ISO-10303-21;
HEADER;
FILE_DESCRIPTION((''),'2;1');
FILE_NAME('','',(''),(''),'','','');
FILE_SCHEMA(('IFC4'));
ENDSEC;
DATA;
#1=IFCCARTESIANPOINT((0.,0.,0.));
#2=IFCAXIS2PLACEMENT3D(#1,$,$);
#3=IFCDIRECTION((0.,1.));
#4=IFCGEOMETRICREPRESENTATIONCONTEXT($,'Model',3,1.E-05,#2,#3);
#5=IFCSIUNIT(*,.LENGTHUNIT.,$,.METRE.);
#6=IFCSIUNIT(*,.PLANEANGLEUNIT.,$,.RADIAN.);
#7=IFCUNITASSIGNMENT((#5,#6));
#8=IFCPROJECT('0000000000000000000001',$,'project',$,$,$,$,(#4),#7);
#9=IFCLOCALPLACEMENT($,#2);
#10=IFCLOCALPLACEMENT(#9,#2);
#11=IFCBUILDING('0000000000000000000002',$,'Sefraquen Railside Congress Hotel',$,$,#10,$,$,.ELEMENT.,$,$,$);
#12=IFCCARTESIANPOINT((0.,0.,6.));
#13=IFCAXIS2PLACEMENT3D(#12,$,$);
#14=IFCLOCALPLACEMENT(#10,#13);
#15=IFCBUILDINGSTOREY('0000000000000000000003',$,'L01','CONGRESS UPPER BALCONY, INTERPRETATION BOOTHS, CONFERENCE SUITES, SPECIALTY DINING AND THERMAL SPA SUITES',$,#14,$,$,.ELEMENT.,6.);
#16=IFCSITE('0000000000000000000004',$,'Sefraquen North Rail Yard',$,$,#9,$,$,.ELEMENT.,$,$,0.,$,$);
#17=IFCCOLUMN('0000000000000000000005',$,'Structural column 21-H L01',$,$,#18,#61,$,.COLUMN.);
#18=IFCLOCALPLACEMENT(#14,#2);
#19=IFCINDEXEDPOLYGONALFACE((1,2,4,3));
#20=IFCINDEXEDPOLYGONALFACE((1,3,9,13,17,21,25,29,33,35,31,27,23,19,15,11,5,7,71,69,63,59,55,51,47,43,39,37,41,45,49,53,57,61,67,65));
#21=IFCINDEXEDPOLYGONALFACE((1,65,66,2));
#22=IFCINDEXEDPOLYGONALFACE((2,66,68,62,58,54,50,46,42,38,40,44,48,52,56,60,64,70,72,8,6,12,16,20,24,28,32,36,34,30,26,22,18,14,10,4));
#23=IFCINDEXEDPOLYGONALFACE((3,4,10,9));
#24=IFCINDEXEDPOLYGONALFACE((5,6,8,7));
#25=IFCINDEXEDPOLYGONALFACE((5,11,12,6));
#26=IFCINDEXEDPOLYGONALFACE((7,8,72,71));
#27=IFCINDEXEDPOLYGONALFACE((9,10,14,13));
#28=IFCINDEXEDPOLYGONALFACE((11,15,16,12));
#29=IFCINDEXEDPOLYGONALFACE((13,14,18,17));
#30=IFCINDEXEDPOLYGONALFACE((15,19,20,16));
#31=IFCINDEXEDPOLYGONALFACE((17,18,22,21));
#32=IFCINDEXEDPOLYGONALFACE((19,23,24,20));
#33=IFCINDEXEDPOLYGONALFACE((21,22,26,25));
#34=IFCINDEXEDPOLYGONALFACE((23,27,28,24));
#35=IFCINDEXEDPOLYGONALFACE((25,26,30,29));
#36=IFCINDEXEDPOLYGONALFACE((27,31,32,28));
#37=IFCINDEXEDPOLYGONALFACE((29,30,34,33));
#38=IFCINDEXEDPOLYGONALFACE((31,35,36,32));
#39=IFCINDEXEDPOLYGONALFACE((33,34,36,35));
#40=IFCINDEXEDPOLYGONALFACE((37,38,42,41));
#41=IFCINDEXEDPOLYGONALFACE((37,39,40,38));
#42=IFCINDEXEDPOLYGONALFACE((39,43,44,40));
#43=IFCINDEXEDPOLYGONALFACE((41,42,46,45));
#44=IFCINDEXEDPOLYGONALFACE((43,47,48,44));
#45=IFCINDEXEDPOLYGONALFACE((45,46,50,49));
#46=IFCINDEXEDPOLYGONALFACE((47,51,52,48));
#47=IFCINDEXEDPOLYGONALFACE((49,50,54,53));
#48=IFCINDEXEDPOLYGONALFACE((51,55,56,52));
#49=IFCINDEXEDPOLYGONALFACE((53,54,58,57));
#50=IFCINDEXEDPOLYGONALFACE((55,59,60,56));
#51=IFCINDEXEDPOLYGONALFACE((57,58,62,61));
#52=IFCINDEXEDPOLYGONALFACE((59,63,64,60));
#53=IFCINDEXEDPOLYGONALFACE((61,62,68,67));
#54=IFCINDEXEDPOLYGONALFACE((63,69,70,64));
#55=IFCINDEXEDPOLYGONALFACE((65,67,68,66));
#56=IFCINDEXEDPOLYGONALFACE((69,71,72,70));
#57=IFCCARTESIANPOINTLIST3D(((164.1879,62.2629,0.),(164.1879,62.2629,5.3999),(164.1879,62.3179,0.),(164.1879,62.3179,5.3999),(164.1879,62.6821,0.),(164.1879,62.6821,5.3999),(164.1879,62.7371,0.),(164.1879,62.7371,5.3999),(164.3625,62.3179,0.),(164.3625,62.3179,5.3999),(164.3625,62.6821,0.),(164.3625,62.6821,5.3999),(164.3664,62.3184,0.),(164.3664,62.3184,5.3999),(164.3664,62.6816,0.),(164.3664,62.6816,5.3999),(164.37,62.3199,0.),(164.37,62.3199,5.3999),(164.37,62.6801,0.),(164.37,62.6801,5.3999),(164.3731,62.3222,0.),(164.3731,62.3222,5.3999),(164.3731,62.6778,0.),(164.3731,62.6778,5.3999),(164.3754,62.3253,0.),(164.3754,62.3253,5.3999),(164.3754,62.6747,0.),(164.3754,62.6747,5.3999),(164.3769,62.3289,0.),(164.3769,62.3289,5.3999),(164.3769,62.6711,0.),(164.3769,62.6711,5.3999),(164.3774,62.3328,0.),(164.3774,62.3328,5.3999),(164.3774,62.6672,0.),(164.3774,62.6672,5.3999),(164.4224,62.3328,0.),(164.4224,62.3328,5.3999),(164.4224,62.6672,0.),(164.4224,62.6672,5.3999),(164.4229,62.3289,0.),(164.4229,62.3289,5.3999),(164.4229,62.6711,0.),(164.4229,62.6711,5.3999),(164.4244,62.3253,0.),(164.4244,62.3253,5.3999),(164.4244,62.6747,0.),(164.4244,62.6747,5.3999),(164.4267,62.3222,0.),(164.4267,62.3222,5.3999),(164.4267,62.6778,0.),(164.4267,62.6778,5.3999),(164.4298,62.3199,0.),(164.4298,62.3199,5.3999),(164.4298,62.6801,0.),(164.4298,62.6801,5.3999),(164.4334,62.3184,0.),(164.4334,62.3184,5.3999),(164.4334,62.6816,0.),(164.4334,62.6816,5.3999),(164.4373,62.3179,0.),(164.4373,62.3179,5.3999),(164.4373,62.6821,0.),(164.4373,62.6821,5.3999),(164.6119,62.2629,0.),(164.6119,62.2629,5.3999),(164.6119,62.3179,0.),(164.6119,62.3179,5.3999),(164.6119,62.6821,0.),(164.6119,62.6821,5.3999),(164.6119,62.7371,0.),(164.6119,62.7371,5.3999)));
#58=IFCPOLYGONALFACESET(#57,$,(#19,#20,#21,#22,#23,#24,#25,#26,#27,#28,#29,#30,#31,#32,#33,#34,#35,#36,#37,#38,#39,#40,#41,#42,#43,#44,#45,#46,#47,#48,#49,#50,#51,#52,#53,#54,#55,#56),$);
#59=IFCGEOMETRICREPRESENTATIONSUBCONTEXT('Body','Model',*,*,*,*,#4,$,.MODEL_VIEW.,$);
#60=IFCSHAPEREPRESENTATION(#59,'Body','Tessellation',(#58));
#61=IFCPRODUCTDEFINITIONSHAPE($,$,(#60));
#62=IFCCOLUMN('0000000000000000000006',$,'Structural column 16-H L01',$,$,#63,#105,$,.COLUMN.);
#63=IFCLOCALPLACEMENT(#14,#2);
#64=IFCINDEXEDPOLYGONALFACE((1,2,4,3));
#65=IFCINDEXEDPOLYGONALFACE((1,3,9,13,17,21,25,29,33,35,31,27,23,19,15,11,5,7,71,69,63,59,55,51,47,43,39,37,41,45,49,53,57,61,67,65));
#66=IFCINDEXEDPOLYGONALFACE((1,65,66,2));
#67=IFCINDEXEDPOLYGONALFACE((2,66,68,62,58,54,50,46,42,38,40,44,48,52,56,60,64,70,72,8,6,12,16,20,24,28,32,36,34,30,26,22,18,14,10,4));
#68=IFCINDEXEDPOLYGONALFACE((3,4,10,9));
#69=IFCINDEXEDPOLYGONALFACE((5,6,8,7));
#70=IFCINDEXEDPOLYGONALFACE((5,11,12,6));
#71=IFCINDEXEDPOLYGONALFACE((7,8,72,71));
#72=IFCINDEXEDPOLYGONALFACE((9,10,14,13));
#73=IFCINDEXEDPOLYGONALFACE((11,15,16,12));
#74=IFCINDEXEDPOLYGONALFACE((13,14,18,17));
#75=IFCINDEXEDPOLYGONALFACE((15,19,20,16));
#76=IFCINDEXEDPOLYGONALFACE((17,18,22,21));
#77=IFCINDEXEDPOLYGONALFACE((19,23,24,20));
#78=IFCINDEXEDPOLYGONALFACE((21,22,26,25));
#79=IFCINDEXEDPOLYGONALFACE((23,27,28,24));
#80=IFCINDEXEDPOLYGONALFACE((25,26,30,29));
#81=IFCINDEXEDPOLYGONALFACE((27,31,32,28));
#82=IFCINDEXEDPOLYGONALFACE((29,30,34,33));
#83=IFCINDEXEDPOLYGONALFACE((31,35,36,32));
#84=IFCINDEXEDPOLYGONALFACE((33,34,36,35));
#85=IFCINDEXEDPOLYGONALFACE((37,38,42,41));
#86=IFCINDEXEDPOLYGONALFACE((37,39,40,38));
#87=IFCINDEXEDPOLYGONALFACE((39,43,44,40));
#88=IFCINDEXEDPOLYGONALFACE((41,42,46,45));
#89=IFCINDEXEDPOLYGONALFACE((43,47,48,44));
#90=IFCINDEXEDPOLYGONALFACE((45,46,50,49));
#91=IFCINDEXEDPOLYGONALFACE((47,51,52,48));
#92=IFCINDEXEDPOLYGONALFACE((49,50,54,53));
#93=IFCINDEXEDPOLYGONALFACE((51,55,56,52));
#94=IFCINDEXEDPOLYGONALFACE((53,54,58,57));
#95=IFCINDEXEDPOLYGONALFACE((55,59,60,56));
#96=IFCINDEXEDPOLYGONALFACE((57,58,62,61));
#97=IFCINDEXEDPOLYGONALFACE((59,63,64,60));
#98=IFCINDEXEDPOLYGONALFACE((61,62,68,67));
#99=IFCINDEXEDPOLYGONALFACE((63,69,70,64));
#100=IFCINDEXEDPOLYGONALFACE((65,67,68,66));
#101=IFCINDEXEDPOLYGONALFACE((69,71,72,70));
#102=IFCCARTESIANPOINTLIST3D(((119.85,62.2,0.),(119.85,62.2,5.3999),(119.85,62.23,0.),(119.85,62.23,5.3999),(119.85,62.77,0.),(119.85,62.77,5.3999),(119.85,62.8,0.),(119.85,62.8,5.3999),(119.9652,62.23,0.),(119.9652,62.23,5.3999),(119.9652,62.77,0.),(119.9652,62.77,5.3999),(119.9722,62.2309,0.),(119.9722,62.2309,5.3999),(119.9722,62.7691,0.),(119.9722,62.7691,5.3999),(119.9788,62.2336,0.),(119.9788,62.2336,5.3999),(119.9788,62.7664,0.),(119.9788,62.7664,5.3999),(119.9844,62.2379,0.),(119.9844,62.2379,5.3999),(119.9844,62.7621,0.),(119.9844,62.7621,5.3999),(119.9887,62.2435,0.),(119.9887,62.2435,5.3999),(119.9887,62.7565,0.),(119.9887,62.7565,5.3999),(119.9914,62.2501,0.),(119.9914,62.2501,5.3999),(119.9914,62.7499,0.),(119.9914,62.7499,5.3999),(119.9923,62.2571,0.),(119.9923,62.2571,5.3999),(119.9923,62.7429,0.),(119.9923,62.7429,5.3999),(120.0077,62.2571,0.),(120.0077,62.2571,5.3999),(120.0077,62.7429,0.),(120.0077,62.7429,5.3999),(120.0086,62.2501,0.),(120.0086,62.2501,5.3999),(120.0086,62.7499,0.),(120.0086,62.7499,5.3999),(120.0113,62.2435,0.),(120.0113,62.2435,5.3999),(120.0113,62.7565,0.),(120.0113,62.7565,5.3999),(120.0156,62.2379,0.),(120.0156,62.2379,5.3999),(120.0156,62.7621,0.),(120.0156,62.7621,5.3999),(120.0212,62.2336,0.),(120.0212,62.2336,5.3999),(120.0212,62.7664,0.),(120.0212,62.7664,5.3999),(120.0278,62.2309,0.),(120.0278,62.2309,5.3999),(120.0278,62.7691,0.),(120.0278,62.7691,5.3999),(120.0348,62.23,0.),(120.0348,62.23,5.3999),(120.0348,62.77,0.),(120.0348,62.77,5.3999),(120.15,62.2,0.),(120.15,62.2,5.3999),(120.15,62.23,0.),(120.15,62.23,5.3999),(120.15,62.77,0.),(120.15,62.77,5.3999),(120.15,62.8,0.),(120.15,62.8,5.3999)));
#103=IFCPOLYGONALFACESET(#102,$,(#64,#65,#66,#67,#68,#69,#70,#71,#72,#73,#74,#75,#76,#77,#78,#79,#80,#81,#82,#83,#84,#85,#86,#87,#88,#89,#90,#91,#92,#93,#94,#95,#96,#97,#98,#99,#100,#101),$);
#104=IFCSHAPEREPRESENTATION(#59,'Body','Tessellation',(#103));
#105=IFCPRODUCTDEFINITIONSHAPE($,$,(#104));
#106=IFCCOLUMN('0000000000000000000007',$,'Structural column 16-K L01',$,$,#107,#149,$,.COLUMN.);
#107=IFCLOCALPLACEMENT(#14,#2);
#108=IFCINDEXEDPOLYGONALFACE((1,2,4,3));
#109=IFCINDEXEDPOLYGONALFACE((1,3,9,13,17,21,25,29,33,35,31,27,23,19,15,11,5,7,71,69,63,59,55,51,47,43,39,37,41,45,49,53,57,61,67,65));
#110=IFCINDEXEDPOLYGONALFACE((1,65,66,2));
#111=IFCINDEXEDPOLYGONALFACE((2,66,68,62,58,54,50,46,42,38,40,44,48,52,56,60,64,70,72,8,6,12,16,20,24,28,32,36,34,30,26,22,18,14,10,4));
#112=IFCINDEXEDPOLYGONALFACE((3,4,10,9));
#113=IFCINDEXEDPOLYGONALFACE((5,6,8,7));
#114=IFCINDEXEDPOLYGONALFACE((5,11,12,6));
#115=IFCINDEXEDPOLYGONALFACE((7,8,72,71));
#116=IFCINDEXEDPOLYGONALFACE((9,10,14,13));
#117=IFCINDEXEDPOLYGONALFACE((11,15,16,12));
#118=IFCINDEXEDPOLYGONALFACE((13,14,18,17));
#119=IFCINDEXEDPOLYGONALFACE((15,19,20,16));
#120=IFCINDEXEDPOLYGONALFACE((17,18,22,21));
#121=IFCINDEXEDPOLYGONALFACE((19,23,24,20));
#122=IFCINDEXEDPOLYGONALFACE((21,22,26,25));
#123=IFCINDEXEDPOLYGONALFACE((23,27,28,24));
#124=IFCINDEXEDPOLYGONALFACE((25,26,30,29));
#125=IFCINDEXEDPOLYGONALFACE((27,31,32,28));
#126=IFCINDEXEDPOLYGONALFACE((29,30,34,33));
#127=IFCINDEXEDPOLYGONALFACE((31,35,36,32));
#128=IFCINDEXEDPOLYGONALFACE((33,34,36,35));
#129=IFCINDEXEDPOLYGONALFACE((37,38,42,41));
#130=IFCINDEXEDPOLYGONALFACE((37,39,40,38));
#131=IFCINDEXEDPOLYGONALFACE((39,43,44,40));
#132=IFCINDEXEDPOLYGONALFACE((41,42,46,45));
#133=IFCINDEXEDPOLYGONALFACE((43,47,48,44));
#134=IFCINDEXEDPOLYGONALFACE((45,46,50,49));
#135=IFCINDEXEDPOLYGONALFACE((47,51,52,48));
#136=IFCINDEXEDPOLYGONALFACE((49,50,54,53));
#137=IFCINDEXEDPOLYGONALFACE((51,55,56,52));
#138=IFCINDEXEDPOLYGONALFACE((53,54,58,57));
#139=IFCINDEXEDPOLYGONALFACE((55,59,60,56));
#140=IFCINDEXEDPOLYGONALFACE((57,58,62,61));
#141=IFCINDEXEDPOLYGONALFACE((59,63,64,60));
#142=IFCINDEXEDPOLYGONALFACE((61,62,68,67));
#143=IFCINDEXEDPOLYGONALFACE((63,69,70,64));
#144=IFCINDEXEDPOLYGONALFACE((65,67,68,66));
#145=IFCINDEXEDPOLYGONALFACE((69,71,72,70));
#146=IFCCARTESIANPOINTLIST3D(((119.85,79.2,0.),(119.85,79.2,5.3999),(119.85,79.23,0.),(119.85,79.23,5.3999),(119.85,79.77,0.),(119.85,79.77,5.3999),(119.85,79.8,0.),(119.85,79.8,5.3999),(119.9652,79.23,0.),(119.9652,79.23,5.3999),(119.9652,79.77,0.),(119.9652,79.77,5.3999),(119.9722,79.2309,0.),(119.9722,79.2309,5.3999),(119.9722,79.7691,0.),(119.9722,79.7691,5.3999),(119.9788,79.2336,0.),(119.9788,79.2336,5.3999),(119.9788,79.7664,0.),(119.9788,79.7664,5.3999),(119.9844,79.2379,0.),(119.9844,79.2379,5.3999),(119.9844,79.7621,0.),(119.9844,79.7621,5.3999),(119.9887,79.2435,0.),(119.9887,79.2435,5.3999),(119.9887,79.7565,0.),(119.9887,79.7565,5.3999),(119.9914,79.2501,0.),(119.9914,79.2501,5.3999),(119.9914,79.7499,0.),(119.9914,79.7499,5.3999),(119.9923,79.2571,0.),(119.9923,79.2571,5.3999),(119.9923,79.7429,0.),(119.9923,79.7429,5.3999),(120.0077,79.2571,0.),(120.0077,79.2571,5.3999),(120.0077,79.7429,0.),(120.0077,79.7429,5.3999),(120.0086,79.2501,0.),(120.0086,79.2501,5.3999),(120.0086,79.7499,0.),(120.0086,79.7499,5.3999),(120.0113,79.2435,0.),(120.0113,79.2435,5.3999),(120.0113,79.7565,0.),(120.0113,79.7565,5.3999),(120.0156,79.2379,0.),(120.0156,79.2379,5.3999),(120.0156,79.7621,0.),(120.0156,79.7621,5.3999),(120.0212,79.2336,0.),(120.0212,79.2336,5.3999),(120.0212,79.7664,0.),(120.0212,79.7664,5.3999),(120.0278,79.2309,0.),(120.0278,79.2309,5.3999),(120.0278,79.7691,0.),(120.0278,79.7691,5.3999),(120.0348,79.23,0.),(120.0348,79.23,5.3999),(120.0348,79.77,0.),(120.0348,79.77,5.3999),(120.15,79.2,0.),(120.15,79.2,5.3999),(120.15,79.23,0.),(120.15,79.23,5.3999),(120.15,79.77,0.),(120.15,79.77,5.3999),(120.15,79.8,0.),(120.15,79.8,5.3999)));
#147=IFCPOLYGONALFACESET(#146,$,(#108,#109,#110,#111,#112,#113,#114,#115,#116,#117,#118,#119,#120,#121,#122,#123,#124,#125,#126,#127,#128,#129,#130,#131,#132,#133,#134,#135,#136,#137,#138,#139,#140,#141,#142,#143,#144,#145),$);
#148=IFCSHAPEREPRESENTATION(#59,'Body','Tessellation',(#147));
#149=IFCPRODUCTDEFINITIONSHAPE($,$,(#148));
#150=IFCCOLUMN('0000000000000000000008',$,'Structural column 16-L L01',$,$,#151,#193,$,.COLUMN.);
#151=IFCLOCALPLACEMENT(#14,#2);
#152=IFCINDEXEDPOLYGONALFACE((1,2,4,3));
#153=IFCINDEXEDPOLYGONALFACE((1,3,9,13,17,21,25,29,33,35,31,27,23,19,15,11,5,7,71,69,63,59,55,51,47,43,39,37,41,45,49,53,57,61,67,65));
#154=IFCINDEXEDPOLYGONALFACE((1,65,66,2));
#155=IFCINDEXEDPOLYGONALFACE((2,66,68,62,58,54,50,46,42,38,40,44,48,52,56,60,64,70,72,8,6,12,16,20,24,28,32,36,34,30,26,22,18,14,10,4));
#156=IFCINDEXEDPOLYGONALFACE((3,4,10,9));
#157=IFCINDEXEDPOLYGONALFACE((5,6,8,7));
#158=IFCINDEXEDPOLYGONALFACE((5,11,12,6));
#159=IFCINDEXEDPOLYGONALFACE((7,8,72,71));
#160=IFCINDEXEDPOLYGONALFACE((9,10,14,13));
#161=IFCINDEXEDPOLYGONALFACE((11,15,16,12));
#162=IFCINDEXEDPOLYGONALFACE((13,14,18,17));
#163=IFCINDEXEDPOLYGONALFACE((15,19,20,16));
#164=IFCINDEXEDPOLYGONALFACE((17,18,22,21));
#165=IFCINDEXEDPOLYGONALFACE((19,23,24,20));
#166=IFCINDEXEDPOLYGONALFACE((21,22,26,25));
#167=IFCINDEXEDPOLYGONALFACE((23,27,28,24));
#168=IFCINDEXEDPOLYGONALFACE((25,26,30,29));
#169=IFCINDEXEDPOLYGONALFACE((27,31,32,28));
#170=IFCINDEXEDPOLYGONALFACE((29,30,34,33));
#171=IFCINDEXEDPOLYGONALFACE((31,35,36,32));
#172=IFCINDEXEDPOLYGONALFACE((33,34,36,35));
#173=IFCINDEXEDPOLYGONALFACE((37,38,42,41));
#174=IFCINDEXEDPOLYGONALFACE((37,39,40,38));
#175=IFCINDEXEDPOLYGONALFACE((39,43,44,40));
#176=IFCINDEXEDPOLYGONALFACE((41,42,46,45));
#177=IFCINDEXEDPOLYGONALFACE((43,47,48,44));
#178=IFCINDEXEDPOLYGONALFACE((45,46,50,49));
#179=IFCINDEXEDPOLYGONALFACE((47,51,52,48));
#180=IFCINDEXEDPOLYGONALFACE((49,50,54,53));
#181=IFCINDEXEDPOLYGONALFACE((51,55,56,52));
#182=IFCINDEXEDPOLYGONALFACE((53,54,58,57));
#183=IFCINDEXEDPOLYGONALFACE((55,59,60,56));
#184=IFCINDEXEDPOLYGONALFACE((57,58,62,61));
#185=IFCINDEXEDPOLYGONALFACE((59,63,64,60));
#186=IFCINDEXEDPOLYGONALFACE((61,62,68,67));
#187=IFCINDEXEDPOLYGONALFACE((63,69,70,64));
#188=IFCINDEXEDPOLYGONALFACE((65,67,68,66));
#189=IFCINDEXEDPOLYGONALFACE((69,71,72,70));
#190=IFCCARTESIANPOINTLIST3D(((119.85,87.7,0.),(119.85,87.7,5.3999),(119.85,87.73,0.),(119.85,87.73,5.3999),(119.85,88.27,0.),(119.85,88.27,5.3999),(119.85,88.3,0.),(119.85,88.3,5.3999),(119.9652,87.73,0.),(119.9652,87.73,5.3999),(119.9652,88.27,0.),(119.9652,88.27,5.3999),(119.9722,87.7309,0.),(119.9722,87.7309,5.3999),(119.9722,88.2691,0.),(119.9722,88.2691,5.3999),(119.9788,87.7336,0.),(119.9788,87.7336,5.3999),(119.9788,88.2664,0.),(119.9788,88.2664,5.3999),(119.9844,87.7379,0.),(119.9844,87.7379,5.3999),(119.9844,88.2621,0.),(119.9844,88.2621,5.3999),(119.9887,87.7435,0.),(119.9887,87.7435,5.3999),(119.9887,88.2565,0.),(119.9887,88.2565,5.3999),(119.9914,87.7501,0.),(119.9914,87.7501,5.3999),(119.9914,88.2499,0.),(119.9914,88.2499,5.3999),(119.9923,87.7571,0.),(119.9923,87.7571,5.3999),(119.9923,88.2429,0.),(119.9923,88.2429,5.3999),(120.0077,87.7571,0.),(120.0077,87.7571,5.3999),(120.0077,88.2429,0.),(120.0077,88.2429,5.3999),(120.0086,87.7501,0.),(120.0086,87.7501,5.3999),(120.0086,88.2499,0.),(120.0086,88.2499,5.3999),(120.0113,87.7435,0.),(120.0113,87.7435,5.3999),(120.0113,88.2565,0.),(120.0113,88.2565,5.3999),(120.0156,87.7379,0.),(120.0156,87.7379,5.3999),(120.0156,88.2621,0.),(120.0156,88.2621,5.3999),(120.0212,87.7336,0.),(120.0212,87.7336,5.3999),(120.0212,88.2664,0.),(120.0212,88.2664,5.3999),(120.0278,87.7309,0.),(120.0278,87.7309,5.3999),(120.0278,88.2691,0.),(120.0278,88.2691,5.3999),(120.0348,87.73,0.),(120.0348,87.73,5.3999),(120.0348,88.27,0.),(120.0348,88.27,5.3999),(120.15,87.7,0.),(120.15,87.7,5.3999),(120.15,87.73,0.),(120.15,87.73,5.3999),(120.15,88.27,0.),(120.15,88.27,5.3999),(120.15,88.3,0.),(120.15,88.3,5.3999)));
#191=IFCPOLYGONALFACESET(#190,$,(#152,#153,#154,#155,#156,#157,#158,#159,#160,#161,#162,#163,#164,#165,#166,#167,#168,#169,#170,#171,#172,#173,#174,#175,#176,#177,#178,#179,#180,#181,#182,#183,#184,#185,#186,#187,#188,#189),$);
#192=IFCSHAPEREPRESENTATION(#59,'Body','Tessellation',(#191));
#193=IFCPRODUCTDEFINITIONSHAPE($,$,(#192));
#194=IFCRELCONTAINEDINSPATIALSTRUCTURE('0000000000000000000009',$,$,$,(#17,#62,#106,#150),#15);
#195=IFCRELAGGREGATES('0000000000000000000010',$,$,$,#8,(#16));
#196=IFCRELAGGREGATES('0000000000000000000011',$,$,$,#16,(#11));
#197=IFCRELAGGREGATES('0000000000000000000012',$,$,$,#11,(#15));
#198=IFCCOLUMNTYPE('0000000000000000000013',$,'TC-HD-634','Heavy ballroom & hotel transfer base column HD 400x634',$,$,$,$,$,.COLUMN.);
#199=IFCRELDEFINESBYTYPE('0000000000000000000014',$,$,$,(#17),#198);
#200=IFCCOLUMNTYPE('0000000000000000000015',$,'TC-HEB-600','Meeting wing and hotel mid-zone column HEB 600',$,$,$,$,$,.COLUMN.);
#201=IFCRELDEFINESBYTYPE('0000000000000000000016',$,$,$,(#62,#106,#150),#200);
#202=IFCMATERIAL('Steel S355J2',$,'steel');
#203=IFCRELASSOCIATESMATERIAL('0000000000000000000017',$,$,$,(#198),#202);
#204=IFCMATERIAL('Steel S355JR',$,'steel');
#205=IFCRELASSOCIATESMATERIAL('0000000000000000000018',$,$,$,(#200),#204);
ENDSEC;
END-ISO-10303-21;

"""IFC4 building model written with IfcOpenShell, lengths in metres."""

from ifc_helpers import new_model, si_unit, direction, frame, origin, origin_2d, place, context, subcontext, project, spatial, i_section, extrude, material, material_profile, profile_set, type_object, element, save


model = new_model("IFC4")

# Units and contexts
model_context = context("Model", 3, precision=1e-05, world=origin(), true_north=direction((0.0, 1.0)))
body_context = subcontext(model_context, "Body", "Model", "MODEL_VIEW")
ifc_project = project(units=[si_unit("LENGTHUNIT", "METRE"), si_unit("PLANEANGLEUNIT", "RADIAN")], contexts=[model_context])

# Site, building, storey
site_placement = place(None, origin())
site = spatial("IfcSite", under=ifc_project, at=site_placement, Name="Sefraquen North Rail Yard", CompositionType="ELEMENT", RefElevation=0.0)
building_placement = place(site_placement, origin())
building = spatial("IfcBuilding", under=site, at=building_placement, Name="Sefraquen Railside Congress Hotel", CompositionType="ELEMENT")
storey_placement = place(building_placement, frame((0.0, 0.0, 6.0)))
storey = spatial("IfcBuildingStorey", under=building, at=storey_placement, Name="L01", Description="CONGRESS UPPER BALCONY, INTERPRETATION BOOTHS, CONFERENCE SUITES, SPECIALTY DINING AND THERMAL SPA SUITES", CompositionType="ELEMENT", Elevation=6.0)

# Columns
ifc_material_1 = material(Name="Steel S355J2", Category="steel")
ifc_material_profile_1 = material_profile(ifc_material_1, i_section(OverallWidth=0.4241, OverallDepth=0.4741, WebThickness=0.0449, FlangeThickness=0.0549, FilletRadius=0.0149, at=origin_2d()), Name="HD 400x634")
ifc_profile_set_1 = profile_set([ifc_material_profile_1], Name="Steel S355J2")
column_type_1 = type_object("IfcColumnType", Name="TC-HD-634", Description="Heavy ballroom & hotel transfer base column HD 400x634", PredefinedType="COLUMN", material=ifc_profile_set_1)
column_placement = place(storey_placement, frame((164.3999, 62.5, 0.0), z_axis=(0.0, 0.0, 1.0), x_axis=(1.0, 0.0, 0.0)))
element("IfcColumn", 1, at=column_placement, inside=storey, type_object=column_type_1, Name="Structural column 21-H L01", PredefinedType="COLUMN", context=body_context, shape_type="SweptSolid", body=[
    extrude(i_section(OverallWidth=0.4241, OverallDepth=0.4741, WebThickness=0.0449, FlangeThickness=0.0549, FilletRadius=0.0149, at=origin_2d()), origin(), (0.0, 0.0, 1.0), 5.3999),
])
ifc_material_2 = material(Name="Steel S355JR", Category="steel")
ifc_material_profile_2 = material_profile(ifc_material_2, i_section(OverallWidth=0.3, OverallDepth=0.6001, WebThickness=0.0154, FlangeThickness=0.03, FilletRadius=0.0271, at=origin_2d()), Name="HEB 600")
ifc_profile_set_2 = profile_set([ifc_material_profile_2], Name="Steel S355JR")
column_type_2 = type_object("IfcColumnType", Name="TC-HEB-600", Description="Meeting wing and hotel mid-zone column HEB 600", PredefinedType="COLUMN", material=ifc_profile_set_2)
for number, where, z_axis, x_axis, name in (
    (2, (120.0, 62.5, 0.0), (0.0, 0.0, 1.0), (1.0, 0.0, 0.0), "Structural column 16-H L01"),
    (3, (120.0, 79.5, 0.0), (0.0, 0.0, 1.0), (1.0, 0.0, 0.0), "Structural column 16-K L01"),
    (4, (120.0, 88.0, 0.0), (0.0, 0.0, 1.0), (1.0, 0.0, 0.0), "Structural column 16-L L01"),
):
    element("IfcColumn", number, at=place(storey_placement, frame(where, z_axis=z_axis, x_axis=x_axis)), inside=storey, type_object=column_type_2, Name=name, PredefinedType="COLUMN", context=body_context, shape_type="SweptSolid", body=[
        extrude(i_section(OverallWidth=0.3, OverallDepth=0.6001, WebThickness=0.0154, FlangeThickness=0.03, FilletRadius=0.0271, at=origin_2d()), origin(), (0.0, 0.0, 1.0), 5.3999),
    ])

save(model, "model.ifc")
